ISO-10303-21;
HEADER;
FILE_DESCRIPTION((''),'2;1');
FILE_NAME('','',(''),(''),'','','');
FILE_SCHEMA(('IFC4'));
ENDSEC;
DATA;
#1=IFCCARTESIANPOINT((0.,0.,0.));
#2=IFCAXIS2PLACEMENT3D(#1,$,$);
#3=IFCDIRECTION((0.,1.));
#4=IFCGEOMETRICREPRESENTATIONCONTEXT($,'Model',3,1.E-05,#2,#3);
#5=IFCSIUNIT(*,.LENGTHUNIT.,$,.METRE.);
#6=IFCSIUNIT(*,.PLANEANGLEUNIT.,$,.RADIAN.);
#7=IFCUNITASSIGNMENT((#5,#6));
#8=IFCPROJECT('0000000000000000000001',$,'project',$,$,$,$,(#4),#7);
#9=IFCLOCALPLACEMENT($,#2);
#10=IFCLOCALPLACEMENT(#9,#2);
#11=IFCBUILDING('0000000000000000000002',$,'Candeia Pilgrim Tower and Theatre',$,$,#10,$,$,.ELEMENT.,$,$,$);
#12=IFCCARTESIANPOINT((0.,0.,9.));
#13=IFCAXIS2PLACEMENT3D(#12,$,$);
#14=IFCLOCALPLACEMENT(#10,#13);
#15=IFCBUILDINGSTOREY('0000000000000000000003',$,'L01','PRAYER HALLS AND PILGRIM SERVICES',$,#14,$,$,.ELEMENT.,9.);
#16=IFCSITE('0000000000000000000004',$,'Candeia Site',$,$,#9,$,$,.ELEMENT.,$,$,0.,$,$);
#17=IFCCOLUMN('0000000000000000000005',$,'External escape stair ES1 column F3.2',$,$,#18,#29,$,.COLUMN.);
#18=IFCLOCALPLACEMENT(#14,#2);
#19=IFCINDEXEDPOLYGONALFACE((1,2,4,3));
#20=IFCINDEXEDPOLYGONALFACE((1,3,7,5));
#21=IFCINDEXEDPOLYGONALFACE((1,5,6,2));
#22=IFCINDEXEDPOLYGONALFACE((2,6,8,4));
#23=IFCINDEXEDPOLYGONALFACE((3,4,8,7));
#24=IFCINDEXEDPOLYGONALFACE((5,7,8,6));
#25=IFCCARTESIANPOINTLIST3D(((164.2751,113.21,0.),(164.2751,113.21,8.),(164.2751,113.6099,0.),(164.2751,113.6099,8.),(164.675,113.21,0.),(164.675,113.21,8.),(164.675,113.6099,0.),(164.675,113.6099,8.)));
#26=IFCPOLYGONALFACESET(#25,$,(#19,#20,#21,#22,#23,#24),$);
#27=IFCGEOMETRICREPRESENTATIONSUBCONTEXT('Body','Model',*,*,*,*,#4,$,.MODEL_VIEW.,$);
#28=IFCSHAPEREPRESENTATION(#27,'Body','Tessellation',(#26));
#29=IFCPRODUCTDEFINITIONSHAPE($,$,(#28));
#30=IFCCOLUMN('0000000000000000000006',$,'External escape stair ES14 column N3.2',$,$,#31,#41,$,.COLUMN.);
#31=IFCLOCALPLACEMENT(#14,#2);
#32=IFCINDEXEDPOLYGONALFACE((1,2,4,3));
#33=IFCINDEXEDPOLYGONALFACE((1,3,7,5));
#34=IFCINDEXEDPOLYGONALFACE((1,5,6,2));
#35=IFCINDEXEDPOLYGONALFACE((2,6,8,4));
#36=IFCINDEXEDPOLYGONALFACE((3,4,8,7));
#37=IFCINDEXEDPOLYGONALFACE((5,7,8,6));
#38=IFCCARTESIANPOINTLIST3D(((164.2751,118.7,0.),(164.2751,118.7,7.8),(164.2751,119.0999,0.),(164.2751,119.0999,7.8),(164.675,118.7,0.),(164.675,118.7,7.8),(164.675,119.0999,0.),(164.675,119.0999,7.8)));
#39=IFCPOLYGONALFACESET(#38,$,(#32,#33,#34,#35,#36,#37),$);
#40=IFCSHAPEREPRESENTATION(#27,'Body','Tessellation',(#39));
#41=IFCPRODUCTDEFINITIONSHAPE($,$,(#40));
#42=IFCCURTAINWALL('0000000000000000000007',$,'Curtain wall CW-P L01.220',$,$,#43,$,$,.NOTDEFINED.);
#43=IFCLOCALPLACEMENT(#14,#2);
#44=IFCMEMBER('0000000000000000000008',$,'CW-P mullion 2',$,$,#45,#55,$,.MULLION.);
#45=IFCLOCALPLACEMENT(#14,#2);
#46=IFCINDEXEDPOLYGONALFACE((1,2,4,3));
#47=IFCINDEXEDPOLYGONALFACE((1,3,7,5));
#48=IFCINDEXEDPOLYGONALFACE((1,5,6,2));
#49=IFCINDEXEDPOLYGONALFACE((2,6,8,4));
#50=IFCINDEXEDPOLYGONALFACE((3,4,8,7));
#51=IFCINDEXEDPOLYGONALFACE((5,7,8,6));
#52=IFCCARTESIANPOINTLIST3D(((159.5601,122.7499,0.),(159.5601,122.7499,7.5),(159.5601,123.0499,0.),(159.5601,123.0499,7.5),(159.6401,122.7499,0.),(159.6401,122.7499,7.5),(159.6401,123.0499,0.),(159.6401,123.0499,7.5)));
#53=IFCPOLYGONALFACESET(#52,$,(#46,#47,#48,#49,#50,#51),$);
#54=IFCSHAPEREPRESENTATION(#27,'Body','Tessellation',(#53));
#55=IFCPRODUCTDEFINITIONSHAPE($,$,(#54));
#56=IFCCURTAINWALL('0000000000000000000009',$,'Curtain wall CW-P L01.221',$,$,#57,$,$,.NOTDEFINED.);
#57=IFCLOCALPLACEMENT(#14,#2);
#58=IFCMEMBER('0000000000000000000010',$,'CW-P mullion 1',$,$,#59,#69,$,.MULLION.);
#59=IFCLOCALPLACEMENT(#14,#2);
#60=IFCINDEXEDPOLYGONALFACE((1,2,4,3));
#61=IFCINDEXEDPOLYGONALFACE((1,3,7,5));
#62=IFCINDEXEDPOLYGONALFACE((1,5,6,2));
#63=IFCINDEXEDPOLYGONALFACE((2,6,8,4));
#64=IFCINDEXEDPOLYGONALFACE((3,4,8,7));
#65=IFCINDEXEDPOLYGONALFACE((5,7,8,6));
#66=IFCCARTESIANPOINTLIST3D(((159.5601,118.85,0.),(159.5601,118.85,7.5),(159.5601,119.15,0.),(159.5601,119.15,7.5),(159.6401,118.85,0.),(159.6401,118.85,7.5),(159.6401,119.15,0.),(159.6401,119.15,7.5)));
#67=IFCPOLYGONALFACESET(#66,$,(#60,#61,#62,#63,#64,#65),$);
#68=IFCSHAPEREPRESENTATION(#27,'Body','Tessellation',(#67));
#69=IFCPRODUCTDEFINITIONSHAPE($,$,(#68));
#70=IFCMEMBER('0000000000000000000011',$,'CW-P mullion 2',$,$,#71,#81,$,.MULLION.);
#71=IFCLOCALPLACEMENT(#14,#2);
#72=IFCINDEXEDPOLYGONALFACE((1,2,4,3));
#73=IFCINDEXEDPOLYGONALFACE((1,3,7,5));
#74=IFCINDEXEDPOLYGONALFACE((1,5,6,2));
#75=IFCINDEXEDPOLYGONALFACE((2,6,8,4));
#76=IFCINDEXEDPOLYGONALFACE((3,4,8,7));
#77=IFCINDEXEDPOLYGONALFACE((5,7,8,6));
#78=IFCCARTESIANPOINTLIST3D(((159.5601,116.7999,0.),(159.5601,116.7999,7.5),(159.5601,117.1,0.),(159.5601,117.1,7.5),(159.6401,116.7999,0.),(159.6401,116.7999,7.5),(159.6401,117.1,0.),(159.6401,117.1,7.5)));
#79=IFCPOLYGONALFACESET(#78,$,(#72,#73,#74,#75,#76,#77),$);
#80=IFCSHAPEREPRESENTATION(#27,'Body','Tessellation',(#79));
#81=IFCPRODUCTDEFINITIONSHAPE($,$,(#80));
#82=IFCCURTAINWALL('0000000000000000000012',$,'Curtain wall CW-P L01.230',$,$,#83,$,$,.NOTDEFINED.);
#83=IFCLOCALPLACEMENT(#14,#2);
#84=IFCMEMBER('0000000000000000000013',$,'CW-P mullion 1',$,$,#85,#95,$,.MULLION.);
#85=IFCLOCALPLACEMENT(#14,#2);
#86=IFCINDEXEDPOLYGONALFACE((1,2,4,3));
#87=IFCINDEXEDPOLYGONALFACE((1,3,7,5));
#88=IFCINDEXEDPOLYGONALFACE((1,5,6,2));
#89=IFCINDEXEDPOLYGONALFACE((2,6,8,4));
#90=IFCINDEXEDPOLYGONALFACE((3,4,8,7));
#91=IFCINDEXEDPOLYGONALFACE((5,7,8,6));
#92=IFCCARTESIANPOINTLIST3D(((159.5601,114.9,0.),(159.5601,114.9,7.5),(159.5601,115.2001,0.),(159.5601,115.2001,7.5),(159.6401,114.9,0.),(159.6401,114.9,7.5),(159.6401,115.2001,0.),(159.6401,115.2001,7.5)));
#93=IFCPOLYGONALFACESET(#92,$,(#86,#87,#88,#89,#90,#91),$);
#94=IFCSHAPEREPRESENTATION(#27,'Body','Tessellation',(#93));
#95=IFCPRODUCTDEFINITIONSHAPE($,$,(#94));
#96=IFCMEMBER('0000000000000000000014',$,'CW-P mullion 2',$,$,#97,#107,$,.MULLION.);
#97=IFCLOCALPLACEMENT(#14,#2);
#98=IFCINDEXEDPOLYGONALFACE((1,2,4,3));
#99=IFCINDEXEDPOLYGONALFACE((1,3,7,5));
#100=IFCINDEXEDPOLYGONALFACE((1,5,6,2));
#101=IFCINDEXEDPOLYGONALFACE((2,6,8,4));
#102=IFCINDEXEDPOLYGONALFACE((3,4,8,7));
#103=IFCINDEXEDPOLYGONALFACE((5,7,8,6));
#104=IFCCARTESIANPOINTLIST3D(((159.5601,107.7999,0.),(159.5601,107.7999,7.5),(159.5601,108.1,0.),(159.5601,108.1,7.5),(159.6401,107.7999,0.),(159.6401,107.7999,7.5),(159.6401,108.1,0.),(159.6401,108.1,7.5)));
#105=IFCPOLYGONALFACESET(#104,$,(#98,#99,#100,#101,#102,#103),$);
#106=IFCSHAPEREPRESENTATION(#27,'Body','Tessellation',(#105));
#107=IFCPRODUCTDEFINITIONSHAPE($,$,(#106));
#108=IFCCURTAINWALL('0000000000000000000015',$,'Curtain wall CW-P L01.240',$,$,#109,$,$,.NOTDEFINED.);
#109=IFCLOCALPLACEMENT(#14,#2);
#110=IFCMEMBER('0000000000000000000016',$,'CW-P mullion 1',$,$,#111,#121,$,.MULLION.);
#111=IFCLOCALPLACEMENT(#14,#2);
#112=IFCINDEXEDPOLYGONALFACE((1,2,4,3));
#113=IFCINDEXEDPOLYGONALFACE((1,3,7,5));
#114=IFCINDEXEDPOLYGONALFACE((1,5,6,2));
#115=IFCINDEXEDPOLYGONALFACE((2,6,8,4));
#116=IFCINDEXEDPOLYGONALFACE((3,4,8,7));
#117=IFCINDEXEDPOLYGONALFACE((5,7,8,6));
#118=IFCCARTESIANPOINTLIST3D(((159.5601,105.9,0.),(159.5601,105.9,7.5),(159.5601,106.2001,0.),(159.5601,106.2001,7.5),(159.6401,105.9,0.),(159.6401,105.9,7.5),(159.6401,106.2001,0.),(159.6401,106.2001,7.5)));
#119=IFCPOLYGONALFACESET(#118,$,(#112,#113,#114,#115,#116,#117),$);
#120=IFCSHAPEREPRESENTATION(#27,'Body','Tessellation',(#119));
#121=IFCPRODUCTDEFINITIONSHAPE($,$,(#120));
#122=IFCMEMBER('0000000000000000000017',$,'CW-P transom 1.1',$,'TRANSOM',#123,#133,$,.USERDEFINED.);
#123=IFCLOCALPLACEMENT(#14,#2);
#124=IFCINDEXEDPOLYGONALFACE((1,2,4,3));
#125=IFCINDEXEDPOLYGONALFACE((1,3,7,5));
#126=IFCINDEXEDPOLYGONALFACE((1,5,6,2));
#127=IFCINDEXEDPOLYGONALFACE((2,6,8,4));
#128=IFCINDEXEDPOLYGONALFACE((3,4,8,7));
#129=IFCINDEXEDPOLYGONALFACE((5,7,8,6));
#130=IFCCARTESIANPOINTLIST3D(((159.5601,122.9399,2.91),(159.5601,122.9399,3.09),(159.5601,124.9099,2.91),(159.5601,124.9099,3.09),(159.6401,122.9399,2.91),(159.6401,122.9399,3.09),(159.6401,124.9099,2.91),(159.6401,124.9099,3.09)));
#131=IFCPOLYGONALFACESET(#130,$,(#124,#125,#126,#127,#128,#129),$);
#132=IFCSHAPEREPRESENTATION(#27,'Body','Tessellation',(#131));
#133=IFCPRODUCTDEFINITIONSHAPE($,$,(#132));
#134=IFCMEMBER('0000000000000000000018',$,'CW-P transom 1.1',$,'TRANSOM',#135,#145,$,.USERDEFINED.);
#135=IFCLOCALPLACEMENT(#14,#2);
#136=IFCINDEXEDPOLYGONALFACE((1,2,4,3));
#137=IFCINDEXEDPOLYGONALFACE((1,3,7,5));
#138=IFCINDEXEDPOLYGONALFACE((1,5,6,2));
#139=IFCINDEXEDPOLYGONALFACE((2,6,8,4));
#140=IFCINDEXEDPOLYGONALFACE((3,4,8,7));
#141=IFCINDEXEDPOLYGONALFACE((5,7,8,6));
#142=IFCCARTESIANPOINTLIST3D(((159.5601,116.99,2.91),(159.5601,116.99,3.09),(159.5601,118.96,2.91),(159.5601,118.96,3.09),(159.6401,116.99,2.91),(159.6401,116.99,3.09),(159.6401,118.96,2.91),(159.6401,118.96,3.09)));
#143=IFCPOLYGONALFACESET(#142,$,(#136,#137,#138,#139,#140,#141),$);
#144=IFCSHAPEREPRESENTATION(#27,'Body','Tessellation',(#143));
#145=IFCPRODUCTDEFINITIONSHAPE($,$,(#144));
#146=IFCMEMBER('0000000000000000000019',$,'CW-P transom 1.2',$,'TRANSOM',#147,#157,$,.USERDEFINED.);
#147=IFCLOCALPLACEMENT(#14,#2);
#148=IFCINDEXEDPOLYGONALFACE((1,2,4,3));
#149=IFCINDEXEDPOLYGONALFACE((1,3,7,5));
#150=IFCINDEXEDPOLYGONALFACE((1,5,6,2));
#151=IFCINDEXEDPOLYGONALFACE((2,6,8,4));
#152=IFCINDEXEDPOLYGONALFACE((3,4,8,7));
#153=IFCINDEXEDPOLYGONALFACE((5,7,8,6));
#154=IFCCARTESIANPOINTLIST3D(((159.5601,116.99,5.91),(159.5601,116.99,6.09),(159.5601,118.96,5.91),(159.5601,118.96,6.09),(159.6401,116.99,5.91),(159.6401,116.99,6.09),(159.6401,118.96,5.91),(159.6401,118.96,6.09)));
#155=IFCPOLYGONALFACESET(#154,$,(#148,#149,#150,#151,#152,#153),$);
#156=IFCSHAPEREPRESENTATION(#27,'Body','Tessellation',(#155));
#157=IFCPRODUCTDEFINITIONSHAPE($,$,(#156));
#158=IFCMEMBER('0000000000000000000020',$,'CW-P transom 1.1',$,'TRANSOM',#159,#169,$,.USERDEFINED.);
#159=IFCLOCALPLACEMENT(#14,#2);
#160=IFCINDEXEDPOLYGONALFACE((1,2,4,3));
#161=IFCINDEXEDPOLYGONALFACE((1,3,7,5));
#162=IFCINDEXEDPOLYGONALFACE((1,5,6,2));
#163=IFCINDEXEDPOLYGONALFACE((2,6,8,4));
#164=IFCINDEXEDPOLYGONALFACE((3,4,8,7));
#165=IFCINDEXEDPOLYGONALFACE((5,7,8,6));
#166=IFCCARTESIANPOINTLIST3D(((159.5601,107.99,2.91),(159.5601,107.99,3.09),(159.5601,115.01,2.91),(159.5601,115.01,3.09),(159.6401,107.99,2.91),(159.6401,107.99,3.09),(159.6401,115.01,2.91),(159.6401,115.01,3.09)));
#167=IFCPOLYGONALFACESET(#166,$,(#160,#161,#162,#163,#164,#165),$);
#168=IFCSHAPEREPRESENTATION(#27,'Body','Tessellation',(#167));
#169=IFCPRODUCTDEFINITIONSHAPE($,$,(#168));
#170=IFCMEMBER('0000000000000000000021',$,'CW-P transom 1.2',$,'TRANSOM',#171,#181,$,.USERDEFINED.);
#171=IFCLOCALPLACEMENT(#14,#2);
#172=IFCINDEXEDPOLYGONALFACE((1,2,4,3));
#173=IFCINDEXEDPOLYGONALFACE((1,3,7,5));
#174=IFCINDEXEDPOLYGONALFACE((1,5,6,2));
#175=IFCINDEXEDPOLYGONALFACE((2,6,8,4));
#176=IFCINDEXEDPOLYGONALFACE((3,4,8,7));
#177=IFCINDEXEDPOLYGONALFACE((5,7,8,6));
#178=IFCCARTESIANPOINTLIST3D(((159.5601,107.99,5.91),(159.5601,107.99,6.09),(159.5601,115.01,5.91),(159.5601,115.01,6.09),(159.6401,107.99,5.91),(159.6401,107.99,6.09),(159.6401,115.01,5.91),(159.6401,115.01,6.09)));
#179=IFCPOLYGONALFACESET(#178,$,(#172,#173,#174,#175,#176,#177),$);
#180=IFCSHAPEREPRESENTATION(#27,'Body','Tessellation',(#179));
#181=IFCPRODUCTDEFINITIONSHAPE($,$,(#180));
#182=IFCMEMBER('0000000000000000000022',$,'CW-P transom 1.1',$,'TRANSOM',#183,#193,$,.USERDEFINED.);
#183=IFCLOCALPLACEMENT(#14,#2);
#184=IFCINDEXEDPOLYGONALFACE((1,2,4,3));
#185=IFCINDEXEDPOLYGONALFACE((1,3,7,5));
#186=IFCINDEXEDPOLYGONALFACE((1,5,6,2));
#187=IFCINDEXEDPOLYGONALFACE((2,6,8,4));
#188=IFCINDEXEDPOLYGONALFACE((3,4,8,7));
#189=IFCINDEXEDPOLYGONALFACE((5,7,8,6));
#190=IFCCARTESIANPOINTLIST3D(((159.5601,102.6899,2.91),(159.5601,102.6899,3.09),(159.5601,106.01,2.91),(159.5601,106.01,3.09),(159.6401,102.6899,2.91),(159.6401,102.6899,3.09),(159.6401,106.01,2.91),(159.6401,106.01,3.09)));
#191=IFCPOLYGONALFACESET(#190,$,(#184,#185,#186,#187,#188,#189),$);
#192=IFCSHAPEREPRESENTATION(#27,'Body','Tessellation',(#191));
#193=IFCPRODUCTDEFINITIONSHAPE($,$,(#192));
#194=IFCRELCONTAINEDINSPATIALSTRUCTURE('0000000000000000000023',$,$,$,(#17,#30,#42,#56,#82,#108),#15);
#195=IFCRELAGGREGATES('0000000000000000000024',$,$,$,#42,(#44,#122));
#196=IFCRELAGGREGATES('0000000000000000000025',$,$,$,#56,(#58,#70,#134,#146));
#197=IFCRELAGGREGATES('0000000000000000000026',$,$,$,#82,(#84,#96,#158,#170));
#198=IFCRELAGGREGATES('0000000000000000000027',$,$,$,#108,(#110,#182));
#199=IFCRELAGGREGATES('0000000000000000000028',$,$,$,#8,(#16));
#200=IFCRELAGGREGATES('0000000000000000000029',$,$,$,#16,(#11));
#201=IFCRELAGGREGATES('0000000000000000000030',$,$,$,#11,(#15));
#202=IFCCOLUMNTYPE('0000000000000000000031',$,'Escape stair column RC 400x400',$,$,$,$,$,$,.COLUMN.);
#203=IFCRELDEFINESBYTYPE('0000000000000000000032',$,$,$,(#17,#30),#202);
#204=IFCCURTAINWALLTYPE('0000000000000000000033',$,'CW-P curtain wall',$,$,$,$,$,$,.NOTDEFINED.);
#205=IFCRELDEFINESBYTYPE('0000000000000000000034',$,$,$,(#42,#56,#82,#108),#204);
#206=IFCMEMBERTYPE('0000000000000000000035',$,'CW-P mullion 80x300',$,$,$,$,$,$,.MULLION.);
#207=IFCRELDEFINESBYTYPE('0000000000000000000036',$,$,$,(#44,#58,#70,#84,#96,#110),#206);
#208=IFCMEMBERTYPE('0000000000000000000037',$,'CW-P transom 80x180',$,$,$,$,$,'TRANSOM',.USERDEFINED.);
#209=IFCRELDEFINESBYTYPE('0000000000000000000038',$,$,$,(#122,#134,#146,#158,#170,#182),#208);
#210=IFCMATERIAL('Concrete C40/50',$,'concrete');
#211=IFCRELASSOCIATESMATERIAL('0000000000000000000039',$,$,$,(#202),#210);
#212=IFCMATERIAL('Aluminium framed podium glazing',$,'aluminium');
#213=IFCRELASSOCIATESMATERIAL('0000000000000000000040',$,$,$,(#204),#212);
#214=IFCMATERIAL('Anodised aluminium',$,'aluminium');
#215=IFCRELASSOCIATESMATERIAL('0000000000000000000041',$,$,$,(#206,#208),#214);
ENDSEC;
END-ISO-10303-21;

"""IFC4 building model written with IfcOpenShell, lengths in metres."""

from ifc_helpers import new_model, si_unit, direction, frame, origin, origin_2d, place, context, subcontext, project, spatial, rectangle, extrude, material, material_profile, profile_set, type_object, element, aggregate, save


model = new_model("IFC4")

# Units and contexts
model_context = context("Model", 3, precision=1e-05, world=origin(), true_north=direction((0.0, 1.0)))
body_context = subcontext(model_context, "Body", "Model", "MODEL_VIEW")
ifc_project = project(units=[si_unit("LENGTHUNIT", "METRE"), si_unit("PLANEANGLEUNIT", "RADIAN")], contexts=[model_context])

# Site, building, storey
site_placement = place(None, origin())
site = spatial("IfcSite", under=ifc_project, at=site_placement, Name="Candeia Site", CompositionType="ELEMENT", RefElevation=0.0)
building_placement = place(site_placement, origin())
building = spatial("IfcBuilding", under=site, at=building_placement, Name="Candeia Pilgrim Tower and Theatre", CompositionType="ELEMENT")
storey_placement = place(building_placement, frame((0.0, 0.0, 9.0)))
storey = spatial("IfcBuildingStorey", under=building, at=storey_placement, Name="L01", Description="PRAYER HALLS AND PILGRIM SERVICES", CompositionType="ELEMENT", Elevation=9.0)

# Columns
ifc_material_1 = material(Name="Concrete C40/50", Category="concrete")
ifc_material_profile_1 = material_profile(ifc_material_1, rectangle(XDim=0.3999, YDim=0.3999, at=origin_2d()))
ifc_profile_set_1 = profile_set([ifc_material_profile_1], Name="Concrete C40/50")
column_type = type_object("IfcColumnType", Name="Escape stair column RC 400x400", PredefinedType="COLUMN", material=ifc_profile_set_1)
column_1_placement = place(storey_placement, frame((164.4751, 113.4099, 0.0), z_axis=(0.0, 0.0, 1.0), x_axis=(1.0, 0.0, 0.0)))
element("IfcColumn", 1, at=column_1_placement, inside=storey, type_object=column_type, Name="External escape stair ES1 column F3.2", PredefinedType="COLUMN", context=body_context, shape_type="SweptSolid", body=[
    extrude(rectangle(XDim=0.3999, YDim=0.3999, at=origin_2d()), origin(), (0.0, 0.0, 1.0), 8.0),
])
column_2_placement = place(storey_placement, frame((164.4751, 118.8999, 0.0), z_axis=(0.0, 0.0, 1.0), x_axis=(1.0, 0.0, 0.0)))
element("IfcColumn", 2, at=column_2_placement, inside=storey, type_object=column_type, Name="External escape stair ES14 column N3.2", PredefinedType="COLUMN", context=body_context, shape_type="SweptSolid", body=[
    extrude(rectangle(XDim=0.3999, YDim=0.3999, at=origin_2d()), origin(), (0.0, 0.0, 1.0), 7.8),
])

# Curtain wall, member
ifc_material_2 = material(Name="Aluminium framed podium glazing", Category="aluminium")
curtain_wall_type = type_object("IfcCurtainWallType", Name="CW-P curtain wall", PredefinedType="NOTDEFINED", material=ifc_material_2)
curtain_wall_1_placement = place(storey_placement, origin())
curtain_wall_1 = element("IfcCurtainWall", 3, at=curtain_wall_1_placement, inside=storey, type_object=curtain_wall_type, Name="Curtain wall CW-P L01.220", PredefinedType="NOTDEFINED")
ifc_material_3 = material(Name="Anodised aluminium", Category="aluminium")
ifc_material_profile_2 = material_profile(ifc_material_3, rectangle(XDim=0.0801, YDim=0.3, at=origin_2d()))
ifc_profile_set_2 = profile_set([ifc_material_profile_2], Name="Anodised aluminium")
member_type_1 = type_object("IfcMemberType", Name="CW-P mullion 80x300", PredefinedType="MULLION", material=ifc_profile_set_2)
member_1_placement = place(storey_placement, frame((159.6001, 122.8999, 0.0), z_axis=(0.0, 0.0, 1.0), x_axis=(1.0, 0.0, 0.0)))
member_1 = element("IfcMember", 4, at=member_1_placement, type_object=member_type_1, Name="CW-P mullion 2", PredefinedType="MULLION", context=body_context, shape_type="SweptSolid", body=[
    extrude(rectangle(XDim=0.0801, YDim=0.3, at=origin_2d()), origin(), (0.0, 0.0, 1.0), 7.5),
])

# Curtain walls, members
curtain_wall_2_placement = place(storey_placement, origin())
curtain_wall_2 = element("IfcCurtainWall", 5, at=curtain_wall_2_placement, inside=storey, type_object=curtain_wall_type, Name="Curtain wall CW-P L01.221", PredefinedType="NOTDEFINED")
member_2_placement = place(storey_placement, frame((159.6001, 119.0, 0.0), z_axis=(0.0, 0.0, 1.0), x_axis=(1.0, 0.0, 0.0)))
member_2 = element("IfcMember", 6, at=member_2_placement, type_object=member_type_1, Name="CW-P mullion 1", PredefinedType="MULLION", context=body_context, shape_type="SweptSolid", body=[
    extrude(rectangle(XDim=0.0801, YDim=0.3, at=origin_2d()), origin(), (0.0, 0.0, 1.0), 7.5),
])
member_3_placement = place(storey_placement, frame((159.6001, 116.95, 0.0), z_axis=(0.0, 0.0, 1.0), x_axis=(1.0, 0.0, 0.0)))
member_3 = element("IfcMember", 7, at=member_3_placement, type_object=member_type_1, Name="CW-P mullion 2", PredefinedType="MULLION", context=body_context, shape_type="SweptSolid", body=[
    extrude(rectangle(XDim=0.0801, YDim=0.3, at=origin_2d()), origin(), (0.0, 0.0, 1.0), 7.5),
])
curtain_wall_3_placement = place(storey_placement, origin())
curtain_wall_3 = element("IfcCurtainWall", 8, at=curtain_wall_3_placement, inside=storey, type_object=curtain_wall_type, Name="Curtain wall CW-P L01.230", PredefinedType="NOTDEFINED")
member_4_placement = place(storey_placement, frame((159.6001, 115.05, 0.0), z_axis=(0.0, 0.0, 1.0), x_axis=(1.0, 0.0, 0.0)))
member_4 = element("IfcMember", 9, at=member_4_placement, type_object=member_type_1, Name="CW-P mullion 1", PredefinedType="MULLION", context=body_context, shape_type="SweptSolid", body=[
    extrude(rectangle(XDim=0.0801, YDim=0.3, at=origin_2d()), origin(), (0.0, 0.0, 1.0), 7.5),
])
member_5_placement = place(storey_placement, frame((159.6001, 107.95, 0.0), z_axis=(0.0, 0.0, 1.0), x_axis=(1.0, 0.0, 0.0)))
member_5 = element("IfcMember", 10, at=member_5_placement, type_object=member_type_1, Name="CW-P mullion 2", PredefinedType="MULLION", context=body_context, shape_type="SweptSolid", body=[
    extrude(rectangle(XDim=0.0801, YDim=0.3, at=origin_2d()), origin(), (0.0, 0.0, 1.0), 7.5),
])

# Curtain wall, member
curtain_wall_4_placement = place(storey_placement, origin())
curtain_wall_4 = element("IfcCurtainWall", 11, at=curtain_wall_4_placement, inside=storey, type_object=curtain_wall_type, Name="Curtain wall CW-P L01.240", PredefinedType="NOTDEFINED")
member_6_placement = place(storey_placement, frame((159.6001, 106.05, 0.0), z_axis=(0.0, 0.0, 1.0), x_axis=(1.0, 0.0, 0.0)))
member_6 = element("IfcMember", 12, at=member_6_placement, type_object=member_type_1, Name="CW-P mullion 1", PredefinedType="MULLION", context=body_context, shape_type="SweptSolid", body=[
    extrude(rectangle(XDim=0.0801, YDim=0.3, at=origin_2d()), origin(), (0.0, 0.0, 1.0), 7.5),
])

# Members
ifc_material_profile_3 = material_profile(ifc_material_3, rectangle(XDim=0.0801, YDim=0.1799, at=origin_2d()))
ifc_profile_set_3 = profile_set([ifc_material_profile_3], Name="Anodised aluminium")
member_type_2 = type_object("IfcMemberType", Name="CW-P transom 80x180", ElementType="TRANSOM", PredefinedType="USERDEFINED", material=ifc_profile_set_3)
member_7_placement = place(storey_placement, frame((159.6001, 124.9099, 3.0), z_axis=(0.0, -1.0, 0.0), x_axis=(1.0, 0.0, 0.0)))
member_7 = element("IfcMember", 13, at=member_7_placement, type_object=member_type_2, Name="CW-P transom 1.1", ObjectType="TRANSOM", PredefinedType="USERDEFINED", context=body_context, shape_type="SweptSolid", body=[
    extrude(rectangle(XDim=0.0801, YDim=0.1799, at=origin_2d()), origin(), (0.0, 0.0, 1.0), 1.97),
])
member_8_placement = place(storey_placement, frame((159.6001, 118.96, 3.0), z_axis=(0.0, -1.0, 0.0), x_axis=(1.0, 0.0, 0.0)))
member_8 = element("IfcMember", 14, at=member_8_placement, type_object=member_type_2, Name="CW-P transom 1.1", ObjectType="TRANSOM", PredefinedType="USERDEFINED", context=body_context, shape_type="SweptSolid", body=[
    extrude(rectangle(XDim=0.0801, YDim=0.1799, at=origin_2d()), origin(), (0.0, 0.0, 1.0), 1.97),
])
member_9_placement = place(storey_placement, frame((159.6001, 118.96, 6.0), z_axis=(0.0, -1.0, 0.0), x_axis=(1.0, 0.0, 0.0)))
member_9 = element("IfcMember", 15, at=member_9_placement, type_object=member_type_2, Name="CW-P transom 1.2", ObjectType="TRANSOM", PredefinedType="USERDEFINED", context=body_context, shape_type="SweptSolid", body=[
    extrude(rectangle(XDim=0.0801, YDim=0.1799, at=origin_2d()), origin(), (0.0, 0.0, 1.0), 1.97),
])
member_10_placement = place(storey_placement, frame((159.6001, 115.01, 3.0), z_axis=(0.0, -1.0, 0.0), x_axis=(1.0, 0.0, 0.0)))
member_10 = element("IfcMember", 16, at=member_10_placement, type_object=member_type_2, Name="CW-P transom 1.1", ObjectType="TRANSOM", PredefinedType="USERDEFINED", context=body_context, shape_type="SweptSolid", body=[
    extrude(rectangle(XDim=0.0801, YDim=0.1799, at=origin_2d()), origin(), (0.0, 0.0, 1.0), 7.02),
])
member_11_placement = place(storey_placement, frame((159.6001, 115.01, 6.0), z_axis=(0.0, -1.0, 0.0), x_axis=(1.0, 0.0, 0.0)))
member_11 = element("IfcMember", 17, at=member_11_placement, type_object=member_type_2, Name="CW-P transom 1.2", ObjectType="TRANSOM", PredefinedType="USERDEFINED", context=body_context, shape_type="SweptSolid", body=[
    extrude(rectangle(XDim=0.0801, YDim=0.1799, at=origin_2d()), origin(), (0.0, 0.0, 1.0), 7.02),
])
member_12_placement = place(storey_placement, frame((159.6001, 106.01, 3.0), z_axis=(0.0, -1.0, 0.0), x_axis=(1.0, 0.0, 0.0)))
member_12 = element("IfcMember", 18, at=member_12_placement, type_object=member_type_2, Name="CW-P transom 1.1", ObjectType="TRANSOM", PredefinedType="USERDEFINED", context=body_context, shape_type="SweptSolid", body=[
    extrude(rectangle(XDim=0.0801, YDim=0.1799, at=origin_2d()), origin(), (0.0, 0.0, 1.0), 3.3201),
])

aggregate(curtain_wall_1, [member_1, member_7])
aggregate(curtain_wall_2, [member_2, member_3, member_8, member_9])
aggregate(curtain_wall_3, [member_4, member_5, member_10, member_11])
aggregate(curtain_wall_4, [member_6, member_12])

save(model, "model.ifc")
